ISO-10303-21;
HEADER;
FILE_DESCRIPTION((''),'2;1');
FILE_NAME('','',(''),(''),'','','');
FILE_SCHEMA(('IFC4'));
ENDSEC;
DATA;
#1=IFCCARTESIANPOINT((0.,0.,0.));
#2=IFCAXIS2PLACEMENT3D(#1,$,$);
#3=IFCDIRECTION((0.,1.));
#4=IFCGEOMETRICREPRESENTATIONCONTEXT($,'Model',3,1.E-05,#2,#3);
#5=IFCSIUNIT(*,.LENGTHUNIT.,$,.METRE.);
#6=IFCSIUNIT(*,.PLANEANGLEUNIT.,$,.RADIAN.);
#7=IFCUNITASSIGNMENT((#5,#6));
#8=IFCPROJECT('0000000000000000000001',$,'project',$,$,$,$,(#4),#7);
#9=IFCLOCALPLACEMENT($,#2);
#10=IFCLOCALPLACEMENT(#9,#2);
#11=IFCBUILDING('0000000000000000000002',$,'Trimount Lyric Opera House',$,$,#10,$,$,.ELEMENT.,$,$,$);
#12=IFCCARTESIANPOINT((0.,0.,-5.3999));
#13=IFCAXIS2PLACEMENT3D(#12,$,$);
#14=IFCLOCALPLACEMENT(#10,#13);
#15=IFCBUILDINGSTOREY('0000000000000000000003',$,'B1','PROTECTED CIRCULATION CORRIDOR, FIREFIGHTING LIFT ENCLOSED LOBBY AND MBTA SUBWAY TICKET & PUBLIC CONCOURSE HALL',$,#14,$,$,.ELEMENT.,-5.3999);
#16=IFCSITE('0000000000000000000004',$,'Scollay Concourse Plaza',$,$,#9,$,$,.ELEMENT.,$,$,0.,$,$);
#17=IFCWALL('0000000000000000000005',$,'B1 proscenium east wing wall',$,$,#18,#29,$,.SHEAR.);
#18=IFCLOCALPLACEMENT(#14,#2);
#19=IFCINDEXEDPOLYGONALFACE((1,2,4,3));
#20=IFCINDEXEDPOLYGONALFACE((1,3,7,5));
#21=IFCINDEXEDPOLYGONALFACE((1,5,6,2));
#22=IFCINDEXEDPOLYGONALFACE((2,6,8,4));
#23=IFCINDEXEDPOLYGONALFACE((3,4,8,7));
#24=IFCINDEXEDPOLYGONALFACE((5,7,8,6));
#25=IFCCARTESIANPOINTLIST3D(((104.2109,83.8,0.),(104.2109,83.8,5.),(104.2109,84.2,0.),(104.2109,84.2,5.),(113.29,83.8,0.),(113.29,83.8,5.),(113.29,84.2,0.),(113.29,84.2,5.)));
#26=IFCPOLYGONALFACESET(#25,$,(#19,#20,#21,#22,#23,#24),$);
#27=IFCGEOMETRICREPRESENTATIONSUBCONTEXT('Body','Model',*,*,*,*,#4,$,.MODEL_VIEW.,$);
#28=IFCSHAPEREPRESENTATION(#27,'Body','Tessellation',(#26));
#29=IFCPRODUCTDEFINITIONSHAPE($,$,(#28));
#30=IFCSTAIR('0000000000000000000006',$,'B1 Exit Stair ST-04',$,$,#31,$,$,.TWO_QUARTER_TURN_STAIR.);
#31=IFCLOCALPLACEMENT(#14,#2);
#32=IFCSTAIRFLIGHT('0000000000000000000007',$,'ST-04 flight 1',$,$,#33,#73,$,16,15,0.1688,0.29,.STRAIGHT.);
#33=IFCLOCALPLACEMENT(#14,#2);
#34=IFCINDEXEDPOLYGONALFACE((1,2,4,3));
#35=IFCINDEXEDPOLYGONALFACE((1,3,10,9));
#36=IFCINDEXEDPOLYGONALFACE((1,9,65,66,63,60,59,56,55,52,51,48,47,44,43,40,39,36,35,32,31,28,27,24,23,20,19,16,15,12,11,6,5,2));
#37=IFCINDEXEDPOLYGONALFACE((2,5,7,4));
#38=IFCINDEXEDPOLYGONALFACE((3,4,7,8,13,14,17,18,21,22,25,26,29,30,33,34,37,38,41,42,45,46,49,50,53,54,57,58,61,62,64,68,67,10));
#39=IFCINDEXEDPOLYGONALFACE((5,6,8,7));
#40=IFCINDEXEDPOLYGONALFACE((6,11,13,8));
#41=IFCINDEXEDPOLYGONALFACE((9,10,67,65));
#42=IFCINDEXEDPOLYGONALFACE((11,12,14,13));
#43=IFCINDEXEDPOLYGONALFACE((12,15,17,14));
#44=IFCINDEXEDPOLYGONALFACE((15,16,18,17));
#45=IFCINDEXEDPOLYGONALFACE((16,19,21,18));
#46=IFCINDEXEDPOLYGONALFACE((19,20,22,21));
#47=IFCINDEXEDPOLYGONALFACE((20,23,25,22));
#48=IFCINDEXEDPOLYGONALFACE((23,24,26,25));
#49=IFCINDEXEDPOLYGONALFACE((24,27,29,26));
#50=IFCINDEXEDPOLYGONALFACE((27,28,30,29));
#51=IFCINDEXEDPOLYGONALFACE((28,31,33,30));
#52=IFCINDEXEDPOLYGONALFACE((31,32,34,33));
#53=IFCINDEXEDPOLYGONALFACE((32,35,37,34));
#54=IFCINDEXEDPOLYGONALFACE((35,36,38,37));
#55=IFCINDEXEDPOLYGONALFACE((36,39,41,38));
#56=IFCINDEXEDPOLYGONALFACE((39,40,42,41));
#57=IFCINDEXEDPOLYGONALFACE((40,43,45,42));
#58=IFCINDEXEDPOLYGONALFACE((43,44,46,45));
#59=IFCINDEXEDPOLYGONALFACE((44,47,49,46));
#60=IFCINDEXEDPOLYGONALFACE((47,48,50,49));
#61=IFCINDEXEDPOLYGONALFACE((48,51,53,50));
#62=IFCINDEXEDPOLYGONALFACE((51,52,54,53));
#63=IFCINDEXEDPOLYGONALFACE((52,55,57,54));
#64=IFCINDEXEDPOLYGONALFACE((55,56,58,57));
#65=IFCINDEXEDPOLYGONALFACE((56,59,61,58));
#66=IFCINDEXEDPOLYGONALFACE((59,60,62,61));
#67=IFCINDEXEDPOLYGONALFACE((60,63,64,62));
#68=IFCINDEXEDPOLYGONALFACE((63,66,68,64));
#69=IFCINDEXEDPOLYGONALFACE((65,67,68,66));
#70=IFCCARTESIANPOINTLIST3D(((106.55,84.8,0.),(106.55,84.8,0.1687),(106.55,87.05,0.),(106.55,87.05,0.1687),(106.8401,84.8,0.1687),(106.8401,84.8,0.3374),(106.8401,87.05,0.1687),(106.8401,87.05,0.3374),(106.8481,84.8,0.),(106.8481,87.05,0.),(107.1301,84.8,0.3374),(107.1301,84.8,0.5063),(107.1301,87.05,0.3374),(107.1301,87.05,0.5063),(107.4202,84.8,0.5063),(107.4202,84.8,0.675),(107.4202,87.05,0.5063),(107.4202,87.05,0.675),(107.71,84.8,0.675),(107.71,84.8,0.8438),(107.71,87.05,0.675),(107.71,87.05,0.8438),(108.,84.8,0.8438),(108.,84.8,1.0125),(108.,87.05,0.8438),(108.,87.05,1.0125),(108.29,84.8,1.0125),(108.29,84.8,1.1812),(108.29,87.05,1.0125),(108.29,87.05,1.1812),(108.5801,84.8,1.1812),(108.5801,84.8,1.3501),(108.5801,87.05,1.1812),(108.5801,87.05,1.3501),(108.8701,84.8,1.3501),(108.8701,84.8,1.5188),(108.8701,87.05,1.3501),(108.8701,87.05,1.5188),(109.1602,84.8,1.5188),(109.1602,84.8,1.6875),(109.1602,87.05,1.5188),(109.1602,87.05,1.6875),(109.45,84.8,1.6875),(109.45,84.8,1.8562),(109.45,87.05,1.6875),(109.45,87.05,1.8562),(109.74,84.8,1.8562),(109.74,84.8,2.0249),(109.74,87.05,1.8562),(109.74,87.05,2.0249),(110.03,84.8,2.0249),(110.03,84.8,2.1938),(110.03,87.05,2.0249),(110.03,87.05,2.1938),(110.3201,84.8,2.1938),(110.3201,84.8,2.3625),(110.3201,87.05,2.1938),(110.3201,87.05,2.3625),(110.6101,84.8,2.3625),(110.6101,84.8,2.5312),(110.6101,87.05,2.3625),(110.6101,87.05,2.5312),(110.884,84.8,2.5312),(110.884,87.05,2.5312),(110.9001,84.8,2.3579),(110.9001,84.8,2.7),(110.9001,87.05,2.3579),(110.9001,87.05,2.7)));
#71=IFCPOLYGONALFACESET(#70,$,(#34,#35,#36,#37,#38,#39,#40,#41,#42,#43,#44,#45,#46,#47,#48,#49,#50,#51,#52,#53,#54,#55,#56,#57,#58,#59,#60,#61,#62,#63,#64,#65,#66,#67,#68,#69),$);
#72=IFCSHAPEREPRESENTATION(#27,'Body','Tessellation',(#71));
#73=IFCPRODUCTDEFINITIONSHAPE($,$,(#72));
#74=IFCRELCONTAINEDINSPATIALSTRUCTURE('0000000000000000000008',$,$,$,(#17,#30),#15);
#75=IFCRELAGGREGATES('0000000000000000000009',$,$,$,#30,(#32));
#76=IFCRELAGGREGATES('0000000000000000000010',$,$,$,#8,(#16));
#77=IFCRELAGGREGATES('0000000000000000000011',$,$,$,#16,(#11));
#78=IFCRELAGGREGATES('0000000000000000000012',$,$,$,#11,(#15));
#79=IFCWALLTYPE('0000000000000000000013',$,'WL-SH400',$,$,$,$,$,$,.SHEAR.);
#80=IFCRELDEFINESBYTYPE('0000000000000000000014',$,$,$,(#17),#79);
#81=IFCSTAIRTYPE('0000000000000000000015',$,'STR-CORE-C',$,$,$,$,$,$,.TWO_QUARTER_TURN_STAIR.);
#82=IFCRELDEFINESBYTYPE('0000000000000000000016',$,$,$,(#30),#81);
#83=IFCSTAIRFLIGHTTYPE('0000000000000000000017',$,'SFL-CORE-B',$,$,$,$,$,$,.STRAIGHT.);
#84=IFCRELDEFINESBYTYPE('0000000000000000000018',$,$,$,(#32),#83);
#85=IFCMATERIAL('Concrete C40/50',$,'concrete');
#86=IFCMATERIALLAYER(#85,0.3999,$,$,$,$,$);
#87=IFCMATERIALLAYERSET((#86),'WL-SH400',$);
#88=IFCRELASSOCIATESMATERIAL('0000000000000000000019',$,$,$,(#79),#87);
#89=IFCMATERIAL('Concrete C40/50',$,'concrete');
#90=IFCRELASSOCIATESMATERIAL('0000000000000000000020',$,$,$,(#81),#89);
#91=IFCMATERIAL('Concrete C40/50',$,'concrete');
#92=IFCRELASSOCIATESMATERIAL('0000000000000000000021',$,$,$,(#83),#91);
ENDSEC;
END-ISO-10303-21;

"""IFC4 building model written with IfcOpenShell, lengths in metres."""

from ifc_helpers import new_model, si_unit, direction, frame, frame_2d, origin, place, context, subcontext, project, spatial, polyline, rectangle, outline, extrude, material, layer, layer_set, type_object, element, aggregate, save


model = new_model("IFC4")

# Units and contexts
model_context = context("Model", 3, precision=1e-05, world=origin(), true_north=direction((0.0, 1.0)))
body_context = subcontext(model_context, "Body", "Model", "MODEL_VIEW")
ifc_project = project(units=[si_unit("LENGTHUNIT", "METRE"), si_unit("PLANEANGLEUNIT", "RADIAN")], contexts=[model_context])

# Site, building, storey
site_placement = place(None, origin())
site = spatial("IfcSite", under=ifc_project, at=site_placement, Name="Scollay Concourse Plaza", CompositionType="ELEMENT", RefElevation=0.0)
building_placement = place(site_placement, origin())
building = spatial("IfcBuilding", under=site, at=building_placement, Name="Trimount Lyric Opera House", CompositionType="ELEMENT")
storey_placement = place(building_placement, frame((0.0, 0.0, -5.3999)))
storey = spatial("IfcBuildingStorey", under=building, at=storey_placement, Name="B1", Description="PROTECTED CIRCULATION CORRIDOR, FIREFIGHTING LIFT ENCLOSED LOBBY AND MBTA SUBWAY TICKET & PUBLIC CONCOURSE HALL", CompositionType="ELEMENT", Elevation=-5.3999)

# Wall
ifc_material_1 = material(Name="Concrete C40/50", Category="concrete")
ifc_layer_1 = layer(ifc_material_1, 0.3999)
ifc_layer_set_1 = layer_set([ifc_layer_1], Name="WL-SH400")
wall_type_1 = type_object("IfcWallType", Name="WL-SH400", PredefinedType="SHEAR", material=ifc_layer_set_1)
wall_1_placement = place(storey_placement, frame((104.2109, 84.0, 0.0), z_axis=(0.0, 0.0, 1.0), x_axis=(1.0, 0.0, 0.0)))
element("IfcWall", 1, at=wall_1_placement, inside=storey, type_object=wall_type_1, Name="B1 proscenium east wing wall", PredefinedType="SHEAR", context=body_context, shape_type="SweptSolid", body=[
    extrude(rectangle(XDim=9.0791, YDim=0.3999, at=frame_2d((4.5396, 0.0))), origin(), (0.0, 0.0, 1.0), 5.0),
])

# Stair, stair flight
ifc_material_2 = material(Name="Concrete C40/50", Category="concrete")
stair_type = type_object("IfcStairType", Name="STR-CORE-C", PredefinedType="TWO_QUARTER_TURN_STAIR", material=ifc_material_2)
stair_placement = place(storey_placement, origin())
stair = element("IfcStair", 2, at=stair_placement, inside=storey, type_object=stair_type, Name="B1 Exit Stair ST-04", PredefinedType="TWO_QUARTER_TURN_STAIR")
ifc_material_3 = material(Name="Concrete C40/50", Category="concrete")
stair_flight_type = type_object("IfcStairFlightType", Name="SFL-CORE-B", PredefinedType="STRAIGHT", material=ifc_material_3)
stair_flight_placement = place(storey_placement, frame((106.55, 85.925, 0.0), z_axis=(0.0, 0.0, 1.0), x_axis=(1.0, 0.0, 0.0)))
stair_flight = element("IfcStairFlight", 3, at=stair_flight_placement, type_object=stair_flight_type, Name="ST-04 flight 1", NumberOfRisers=16, NumberOfTreads=15, PredefinedType="STRAIGHT", RiserHeight=0.1688, TreadLength=0.29, context=body_context, shape_type="SweptSolid", body=[
    extrude(outline(polyline([(0.0, 0.0), (0.0, 0.1687), (0.29, 0.1687), (0.29, 0.3374), (0.5801, 0.3374), (0.5801, 0.5063), (0.8701, 0.5063), (0.8701, 0.675), (1.1599, 0.675), (1.1599, 0.8438), (1.45, 0.8438), (1.45, 1.0125), (1.74, 1.0125), (1.74, 1.1812), (2.03, 1.1812), (2.03, 1.3501), (2.3201, 1.3501), (2.3201, 1.5188), (2.6101, 1.5188), (2.6101, 1.6875), (2.8999, 1.6875), (2.8999, 1.8562), (3.1899, 1.8562), (3.1899, 2.0249), (3.48, 2.0249), (3.48, 2.1938), (3.77, 2.1938), (3.77, 2.3625), (4.0601, 2.3625), (4.0601, 2.5312), (4.334, 2.5312), (4.3501, 2.7), (4.3501, 2.3579), (0.2981, 0.0), (0.0, 0.0)])), frame((0.0, 1.125, 0.0), z_axis=(0.0, -1.0, 0.0), x_axis=(1.0, 0.0, 0.0)), (0.0, 0.0, 1.0), 2.25),
])
aggregate(stair, [stair_flight])

save(model, "model.ifc")
